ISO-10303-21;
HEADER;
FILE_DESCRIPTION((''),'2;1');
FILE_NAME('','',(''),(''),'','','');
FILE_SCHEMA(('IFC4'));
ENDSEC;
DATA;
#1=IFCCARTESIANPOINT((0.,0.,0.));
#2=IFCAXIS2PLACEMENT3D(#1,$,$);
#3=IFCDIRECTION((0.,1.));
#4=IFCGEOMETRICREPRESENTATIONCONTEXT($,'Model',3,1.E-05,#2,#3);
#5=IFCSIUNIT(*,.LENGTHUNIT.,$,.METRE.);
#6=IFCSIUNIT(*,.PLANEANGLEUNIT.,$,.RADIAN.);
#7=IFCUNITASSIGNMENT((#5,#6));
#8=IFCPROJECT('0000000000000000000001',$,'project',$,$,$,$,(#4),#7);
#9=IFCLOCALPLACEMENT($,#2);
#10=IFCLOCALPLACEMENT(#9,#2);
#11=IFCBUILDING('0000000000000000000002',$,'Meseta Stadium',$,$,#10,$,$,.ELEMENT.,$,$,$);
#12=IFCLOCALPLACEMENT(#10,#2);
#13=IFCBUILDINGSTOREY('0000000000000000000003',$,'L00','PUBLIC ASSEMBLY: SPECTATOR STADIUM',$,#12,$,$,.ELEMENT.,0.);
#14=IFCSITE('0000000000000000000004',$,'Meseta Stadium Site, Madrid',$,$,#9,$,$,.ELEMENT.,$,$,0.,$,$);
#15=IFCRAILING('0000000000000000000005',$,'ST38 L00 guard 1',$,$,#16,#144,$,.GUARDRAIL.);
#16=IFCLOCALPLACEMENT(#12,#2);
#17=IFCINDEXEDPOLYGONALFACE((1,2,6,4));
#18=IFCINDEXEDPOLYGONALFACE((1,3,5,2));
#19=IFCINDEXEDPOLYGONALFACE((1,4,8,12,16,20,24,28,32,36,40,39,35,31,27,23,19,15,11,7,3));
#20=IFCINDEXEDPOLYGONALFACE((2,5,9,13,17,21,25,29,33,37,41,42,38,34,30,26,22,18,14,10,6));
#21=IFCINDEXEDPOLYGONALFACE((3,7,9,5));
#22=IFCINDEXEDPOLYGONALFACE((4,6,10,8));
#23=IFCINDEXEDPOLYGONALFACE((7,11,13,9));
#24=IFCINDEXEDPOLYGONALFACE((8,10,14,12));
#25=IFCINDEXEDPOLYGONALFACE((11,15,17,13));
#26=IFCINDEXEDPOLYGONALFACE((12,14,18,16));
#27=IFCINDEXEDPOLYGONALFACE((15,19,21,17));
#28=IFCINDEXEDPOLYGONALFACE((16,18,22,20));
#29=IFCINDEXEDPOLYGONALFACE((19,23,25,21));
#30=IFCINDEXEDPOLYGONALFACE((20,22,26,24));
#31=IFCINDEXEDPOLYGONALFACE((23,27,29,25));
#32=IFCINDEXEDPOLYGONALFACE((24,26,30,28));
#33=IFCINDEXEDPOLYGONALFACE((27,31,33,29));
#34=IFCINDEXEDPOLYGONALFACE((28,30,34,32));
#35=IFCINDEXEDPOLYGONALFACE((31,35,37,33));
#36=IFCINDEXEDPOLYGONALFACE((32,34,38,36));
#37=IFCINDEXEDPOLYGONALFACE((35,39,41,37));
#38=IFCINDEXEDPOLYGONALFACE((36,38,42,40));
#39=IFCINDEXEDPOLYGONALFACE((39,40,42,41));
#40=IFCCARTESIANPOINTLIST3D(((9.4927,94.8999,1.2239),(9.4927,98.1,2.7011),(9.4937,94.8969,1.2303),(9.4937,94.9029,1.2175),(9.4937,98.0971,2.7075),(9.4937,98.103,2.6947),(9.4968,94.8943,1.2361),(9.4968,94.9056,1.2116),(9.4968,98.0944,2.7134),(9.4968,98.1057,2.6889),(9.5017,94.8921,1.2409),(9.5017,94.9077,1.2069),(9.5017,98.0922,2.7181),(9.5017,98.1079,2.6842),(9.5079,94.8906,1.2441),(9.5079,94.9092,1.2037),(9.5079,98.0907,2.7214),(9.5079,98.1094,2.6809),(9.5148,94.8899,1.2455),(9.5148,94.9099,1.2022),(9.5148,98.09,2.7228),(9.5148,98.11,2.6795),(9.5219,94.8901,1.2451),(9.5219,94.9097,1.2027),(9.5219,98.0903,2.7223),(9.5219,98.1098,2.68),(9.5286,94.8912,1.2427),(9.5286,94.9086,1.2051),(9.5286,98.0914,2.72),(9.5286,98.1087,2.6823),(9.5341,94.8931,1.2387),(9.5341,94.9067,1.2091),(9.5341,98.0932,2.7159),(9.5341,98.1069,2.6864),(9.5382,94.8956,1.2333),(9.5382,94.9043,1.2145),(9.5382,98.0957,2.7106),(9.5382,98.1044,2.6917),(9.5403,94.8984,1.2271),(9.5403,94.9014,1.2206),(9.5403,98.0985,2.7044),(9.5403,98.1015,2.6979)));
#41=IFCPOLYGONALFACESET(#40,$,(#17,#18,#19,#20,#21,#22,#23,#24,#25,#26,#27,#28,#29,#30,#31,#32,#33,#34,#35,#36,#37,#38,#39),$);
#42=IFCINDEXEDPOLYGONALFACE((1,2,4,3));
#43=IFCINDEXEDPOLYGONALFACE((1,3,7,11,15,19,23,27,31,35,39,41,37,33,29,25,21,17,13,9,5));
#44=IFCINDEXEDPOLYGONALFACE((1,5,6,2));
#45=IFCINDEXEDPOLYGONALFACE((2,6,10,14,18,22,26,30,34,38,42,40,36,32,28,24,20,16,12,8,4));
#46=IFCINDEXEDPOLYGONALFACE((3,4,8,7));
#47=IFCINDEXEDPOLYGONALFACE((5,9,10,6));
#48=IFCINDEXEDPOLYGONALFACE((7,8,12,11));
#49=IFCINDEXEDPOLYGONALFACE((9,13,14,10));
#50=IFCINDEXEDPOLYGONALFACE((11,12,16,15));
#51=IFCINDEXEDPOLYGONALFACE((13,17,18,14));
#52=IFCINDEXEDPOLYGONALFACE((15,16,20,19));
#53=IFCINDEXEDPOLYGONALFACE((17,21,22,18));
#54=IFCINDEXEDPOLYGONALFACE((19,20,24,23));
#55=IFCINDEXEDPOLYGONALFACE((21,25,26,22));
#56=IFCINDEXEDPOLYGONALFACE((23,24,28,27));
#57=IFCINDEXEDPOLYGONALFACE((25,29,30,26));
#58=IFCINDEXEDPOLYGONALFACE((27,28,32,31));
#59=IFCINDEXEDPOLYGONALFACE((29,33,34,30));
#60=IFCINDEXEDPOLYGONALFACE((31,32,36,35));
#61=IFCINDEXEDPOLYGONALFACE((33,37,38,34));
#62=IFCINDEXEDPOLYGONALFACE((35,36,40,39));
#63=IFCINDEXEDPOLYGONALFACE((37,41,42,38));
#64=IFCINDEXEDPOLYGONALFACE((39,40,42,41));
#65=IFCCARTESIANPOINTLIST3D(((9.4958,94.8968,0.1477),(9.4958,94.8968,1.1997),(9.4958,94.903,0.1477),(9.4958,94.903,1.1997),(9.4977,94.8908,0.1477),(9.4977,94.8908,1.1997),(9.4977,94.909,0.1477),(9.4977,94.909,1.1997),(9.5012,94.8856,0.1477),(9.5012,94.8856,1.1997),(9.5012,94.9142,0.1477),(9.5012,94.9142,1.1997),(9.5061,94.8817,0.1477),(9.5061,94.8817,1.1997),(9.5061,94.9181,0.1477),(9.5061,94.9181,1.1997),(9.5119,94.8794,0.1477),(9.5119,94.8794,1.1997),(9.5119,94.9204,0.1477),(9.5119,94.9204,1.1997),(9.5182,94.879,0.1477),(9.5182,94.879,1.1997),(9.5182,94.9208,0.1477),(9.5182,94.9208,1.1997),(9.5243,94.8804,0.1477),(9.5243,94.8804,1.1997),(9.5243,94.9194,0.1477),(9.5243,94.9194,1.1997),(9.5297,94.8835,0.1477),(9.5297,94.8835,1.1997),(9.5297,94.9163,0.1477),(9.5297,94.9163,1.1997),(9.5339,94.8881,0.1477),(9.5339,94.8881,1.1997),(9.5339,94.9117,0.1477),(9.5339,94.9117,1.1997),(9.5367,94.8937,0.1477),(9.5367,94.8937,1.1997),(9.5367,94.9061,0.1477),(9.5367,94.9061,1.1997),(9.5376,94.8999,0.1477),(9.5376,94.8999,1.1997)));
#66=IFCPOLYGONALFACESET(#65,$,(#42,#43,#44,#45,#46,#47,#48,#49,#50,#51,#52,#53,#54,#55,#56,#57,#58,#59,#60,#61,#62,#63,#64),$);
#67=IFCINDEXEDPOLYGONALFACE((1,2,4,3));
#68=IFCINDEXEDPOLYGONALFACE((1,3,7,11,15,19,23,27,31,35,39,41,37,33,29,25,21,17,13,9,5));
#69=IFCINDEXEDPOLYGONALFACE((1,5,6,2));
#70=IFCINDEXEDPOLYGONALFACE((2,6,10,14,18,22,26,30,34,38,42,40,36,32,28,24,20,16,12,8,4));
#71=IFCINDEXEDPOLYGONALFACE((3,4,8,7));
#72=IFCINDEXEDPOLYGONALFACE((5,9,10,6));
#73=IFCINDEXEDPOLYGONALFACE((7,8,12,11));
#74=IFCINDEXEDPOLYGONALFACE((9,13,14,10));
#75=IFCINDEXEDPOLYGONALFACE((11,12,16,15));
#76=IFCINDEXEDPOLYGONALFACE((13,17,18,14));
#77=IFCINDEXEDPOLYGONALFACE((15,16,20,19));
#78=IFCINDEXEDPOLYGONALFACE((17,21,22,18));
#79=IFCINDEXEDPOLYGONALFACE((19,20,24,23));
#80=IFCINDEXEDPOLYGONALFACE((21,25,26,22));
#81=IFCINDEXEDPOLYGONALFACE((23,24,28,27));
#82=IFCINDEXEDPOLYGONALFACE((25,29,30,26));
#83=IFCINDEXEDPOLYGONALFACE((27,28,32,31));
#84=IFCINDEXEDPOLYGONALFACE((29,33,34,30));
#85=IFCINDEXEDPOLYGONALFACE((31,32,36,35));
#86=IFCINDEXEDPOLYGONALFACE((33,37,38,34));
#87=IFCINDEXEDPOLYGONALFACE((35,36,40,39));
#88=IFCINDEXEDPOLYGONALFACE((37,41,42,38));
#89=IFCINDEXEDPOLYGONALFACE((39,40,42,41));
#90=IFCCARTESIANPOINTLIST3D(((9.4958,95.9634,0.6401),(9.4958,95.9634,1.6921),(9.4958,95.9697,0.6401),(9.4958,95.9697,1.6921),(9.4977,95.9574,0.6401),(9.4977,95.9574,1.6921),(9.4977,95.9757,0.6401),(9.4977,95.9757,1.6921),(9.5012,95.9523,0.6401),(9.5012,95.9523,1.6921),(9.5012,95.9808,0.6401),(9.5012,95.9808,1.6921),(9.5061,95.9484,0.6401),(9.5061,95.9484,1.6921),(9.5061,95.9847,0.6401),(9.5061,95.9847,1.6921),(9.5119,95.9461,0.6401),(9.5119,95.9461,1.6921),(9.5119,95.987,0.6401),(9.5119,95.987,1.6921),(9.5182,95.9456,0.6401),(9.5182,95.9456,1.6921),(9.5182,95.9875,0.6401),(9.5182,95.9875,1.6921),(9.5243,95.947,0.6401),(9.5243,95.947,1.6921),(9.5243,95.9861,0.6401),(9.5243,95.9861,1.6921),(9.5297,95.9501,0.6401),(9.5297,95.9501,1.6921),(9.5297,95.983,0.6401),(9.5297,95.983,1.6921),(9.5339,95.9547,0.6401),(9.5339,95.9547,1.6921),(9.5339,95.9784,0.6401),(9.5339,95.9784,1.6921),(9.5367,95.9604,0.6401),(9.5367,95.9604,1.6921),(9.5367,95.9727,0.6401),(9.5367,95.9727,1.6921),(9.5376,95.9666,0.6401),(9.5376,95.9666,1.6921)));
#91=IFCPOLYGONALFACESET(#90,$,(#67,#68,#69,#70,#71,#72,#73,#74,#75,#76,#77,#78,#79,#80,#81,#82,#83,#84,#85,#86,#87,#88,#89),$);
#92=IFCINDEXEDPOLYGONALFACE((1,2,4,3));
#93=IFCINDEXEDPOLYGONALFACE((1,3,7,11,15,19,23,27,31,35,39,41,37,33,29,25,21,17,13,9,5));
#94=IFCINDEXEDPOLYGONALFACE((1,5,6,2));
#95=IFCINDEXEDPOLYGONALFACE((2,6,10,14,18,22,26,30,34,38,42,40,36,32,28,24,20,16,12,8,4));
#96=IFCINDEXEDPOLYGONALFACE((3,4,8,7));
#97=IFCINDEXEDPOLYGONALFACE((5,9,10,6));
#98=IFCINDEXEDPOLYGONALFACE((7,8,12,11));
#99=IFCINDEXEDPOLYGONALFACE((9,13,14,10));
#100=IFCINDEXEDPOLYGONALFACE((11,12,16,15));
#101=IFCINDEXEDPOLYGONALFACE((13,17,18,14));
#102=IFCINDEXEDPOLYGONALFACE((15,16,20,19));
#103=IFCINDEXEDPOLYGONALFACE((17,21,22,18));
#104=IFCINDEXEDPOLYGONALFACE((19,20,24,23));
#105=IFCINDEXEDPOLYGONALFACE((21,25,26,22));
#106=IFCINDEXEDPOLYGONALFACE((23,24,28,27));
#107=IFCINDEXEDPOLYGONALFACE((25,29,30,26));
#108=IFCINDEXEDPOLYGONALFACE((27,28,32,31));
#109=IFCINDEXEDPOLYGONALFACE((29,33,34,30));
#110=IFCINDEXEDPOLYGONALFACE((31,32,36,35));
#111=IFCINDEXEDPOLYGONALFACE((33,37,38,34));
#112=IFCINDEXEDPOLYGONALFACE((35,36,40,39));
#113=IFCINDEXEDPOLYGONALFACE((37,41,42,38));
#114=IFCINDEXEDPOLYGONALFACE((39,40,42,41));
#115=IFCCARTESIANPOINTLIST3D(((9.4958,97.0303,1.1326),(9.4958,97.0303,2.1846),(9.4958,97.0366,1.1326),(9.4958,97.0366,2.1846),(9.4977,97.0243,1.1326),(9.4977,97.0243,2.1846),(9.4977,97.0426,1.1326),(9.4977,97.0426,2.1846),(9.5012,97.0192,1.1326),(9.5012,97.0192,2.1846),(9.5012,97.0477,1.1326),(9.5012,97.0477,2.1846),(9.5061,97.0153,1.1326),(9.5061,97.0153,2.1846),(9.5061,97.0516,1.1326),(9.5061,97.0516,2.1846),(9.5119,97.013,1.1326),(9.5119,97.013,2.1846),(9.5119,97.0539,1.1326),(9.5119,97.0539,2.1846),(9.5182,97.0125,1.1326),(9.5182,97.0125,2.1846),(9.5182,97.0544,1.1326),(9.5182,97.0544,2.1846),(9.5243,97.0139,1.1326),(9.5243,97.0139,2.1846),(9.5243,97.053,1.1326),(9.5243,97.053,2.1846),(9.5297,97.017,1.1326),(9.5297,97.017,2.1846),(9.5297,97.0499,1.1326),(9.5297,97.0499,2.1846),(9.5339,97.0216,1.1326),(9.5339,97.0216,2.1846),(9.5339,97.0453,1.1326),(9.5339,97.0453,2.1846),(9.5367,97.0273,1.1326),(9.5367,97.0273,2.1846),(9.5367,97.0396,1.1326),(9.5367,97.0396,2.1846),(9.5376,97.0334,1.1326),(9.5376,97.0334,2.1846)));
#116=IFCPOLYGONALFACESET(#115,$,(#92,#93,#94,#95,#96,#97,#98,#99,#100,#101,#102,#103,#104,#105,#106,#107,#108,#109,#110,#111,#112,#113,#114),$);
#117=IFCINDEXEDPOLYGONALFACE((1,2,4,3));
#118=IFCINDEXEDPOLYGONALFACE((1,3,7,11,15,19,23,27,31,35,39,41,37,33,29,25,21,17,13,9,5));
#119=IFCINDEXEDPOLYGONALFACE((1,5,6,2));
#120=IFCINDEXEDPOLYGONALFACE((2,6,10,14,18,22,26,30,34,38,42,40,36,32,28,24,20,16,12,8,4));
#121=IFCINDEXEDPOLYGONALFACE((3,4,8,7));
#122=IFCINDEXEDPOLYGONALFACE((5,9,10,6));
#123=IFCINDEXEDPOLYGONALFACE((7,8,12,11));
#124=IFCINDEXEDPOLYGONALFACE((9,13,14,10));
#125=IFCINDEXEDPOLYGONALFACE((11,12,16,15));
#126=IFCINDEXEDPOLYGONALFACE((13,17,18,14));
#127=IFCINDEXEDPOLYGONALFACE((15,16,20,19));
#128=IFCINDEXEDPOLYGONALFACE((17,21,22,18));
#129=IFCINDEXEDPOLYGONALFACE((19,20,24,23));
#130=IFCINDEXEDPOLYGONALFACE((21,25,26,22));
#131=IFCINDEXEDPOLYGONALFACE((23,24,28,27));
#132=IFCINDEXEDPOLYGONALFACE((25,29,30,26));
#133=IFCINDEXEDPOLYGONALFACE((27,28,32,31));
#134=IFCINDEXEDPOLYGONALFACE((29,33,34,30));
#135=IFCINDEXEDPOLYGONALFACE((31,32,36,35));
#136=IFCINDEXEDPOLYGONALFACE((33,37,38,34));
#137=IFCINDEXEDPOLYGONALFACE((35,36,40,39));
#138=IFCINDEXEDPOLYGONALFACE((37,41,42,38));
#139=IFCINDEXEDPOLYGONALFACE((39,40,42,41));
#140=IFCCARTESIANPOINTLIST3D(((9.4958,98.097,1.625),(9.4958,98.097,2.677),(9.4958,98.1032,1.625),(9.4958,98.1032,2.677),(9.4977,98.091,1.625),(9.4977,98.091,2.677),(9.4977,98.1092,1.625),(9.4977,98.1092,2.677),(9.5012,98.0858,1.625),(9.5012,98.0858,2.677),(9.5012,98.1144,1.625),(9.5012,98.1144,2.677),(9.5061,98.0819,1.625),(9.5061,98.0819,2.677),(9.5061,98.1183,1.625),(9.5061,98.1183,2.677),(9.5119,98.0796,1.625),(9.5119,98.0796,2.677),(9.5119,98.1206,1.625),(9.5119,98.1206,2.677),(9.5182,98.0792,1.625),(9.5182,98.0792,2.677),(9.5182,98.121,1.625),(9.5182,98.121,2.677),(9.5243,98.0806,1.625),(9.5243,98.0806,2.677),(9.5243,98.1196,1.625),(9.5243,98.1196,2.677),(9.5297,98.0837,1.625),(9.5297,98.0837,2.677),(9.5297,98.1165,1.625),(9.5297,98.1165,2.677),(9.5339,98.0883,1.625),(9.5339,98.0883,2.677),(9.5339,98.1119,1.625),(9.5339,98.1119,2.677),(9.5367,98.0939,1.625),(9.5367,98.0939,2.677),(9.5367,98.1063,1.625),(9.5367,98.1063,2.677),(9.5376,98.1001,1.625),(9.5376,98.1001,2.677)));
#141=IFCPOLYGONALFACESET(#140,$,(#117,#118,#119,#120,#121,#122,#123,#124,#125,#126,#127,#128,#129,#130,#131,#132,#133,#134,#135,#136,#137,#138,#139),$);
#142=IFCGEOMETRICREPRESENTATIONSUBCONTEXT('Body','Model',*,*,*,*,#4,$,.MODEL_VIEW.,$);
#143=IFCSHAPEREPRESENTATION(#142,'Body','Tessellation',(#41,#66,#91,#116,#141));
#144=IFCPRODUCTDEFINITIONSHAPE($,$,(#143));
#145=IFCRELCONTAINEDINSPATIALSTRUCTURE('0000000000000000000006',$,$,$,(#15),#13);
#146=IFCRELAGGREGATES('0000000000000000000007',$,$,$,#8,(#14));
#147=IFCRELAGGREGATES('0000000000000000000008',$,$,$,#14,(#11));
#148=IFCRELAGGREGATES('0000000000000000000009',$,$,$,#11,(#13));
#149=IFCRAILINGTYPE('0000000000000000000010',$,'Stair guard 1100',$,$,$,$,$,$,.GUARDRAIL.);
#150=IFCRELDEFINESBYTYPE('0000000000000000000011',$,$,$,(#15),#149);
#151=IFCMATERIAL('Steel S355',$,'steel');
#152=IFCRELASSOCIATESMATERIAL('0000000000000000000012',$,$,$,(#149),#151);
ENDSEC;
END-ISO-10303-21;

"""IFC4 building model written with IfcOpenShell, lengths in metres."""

from ifc_helpers import new_model, si_unit, direction, frame, origin, origin_2d, place, context, subcontext, project, spatial, circle, extrude, material, type_object, element, save


model = new_model("IFC4")

# Units and contexts
model_context = context("Model", 3, precision=1e-05, world=origin(), true_north=direction((0.0, 1.0)))
body_context = subcontext(model_context, "Body", "Model", "MODEL_VIEW")
ifc_project = project(units=[si_unit("LENGTHUNIT", "METRE"), si_unit("PLANEANGLEUNIT", "RADIAN")], contexts=[model_context])

# Site, building, storey
site_placement = place(None, origin())
site = spatial("IfcSite", under=ifc_project, at=site_placement, Name="Meseta Stadium Site, Madrid", CompositionType="ELEMENT", RefElevation=0.0)
building_placement = place(site_placement, origin())
building = spatial("IfcBuilding", under=site, at=building_placement, Name="Meseta Stadium", CompositionType="ELEMENT")
storey_placement = place(building_placement, origin())
storey = spatial("IfcBuildingStorey", under=building, at=storey_placement, Name="L00", Description="PUBLIC ASSEMBLY: SPECTATOR STADIUM", CompositionType="ELEMENT", Elevation=0.0)

# Railing
ifc_material_1 = material(Name="Steel S355", Category="steel")
railing_type_1 = type_object("IfcRailingType", Name="Stair guard 1100", PredefinedType="GUARDRAIL", material=ifc_material_1)
railing_1_placement = place(storey_placement, frame((9.5166, 94.8999, 0.1477)))
element("IfcRailing", 1, at=railing_1_placement, inside=storey, type_object=railing_type_1, Name="ST38 L00 guard 1", PredefinedType="GUARDRAIL", context=body_context, shape_type="SweptSolid", body=[
    extrude(circle(Radius=0.0239, at=origin_2d()), frame((0.0, 0.0, 1.0762), z_axis=(0.0, 0.907929, 0.419124), x_axis=(-1.0, 0.0, 0.0)), (0.0, 0.0, 1.0), 3.5247),
    extrude(circle(Radius=0.021, at=origin_2d()), origin(), (0.0, 0.0, 1.0), 1.052),
    extrude(circle(Radius=0.021, at=origin_2d()), frame((0.0, 1.0667, 0.4924)), (0.0, 0.0, 1.0), 1.052),
    extrude(circle(Radius=0.021, at=origin_2d()), frame((0.0, 2.1335, 0.9849)), (0.0, 0.0, 1.0), 1.052),
    extrude(circle(Radius=0.021, at=origin_2d()), frame((0.0, 3.2002, 1.4773)), (0.0, 0.0, 1.0), 1.052),
])

save(model, "model.ifc")
